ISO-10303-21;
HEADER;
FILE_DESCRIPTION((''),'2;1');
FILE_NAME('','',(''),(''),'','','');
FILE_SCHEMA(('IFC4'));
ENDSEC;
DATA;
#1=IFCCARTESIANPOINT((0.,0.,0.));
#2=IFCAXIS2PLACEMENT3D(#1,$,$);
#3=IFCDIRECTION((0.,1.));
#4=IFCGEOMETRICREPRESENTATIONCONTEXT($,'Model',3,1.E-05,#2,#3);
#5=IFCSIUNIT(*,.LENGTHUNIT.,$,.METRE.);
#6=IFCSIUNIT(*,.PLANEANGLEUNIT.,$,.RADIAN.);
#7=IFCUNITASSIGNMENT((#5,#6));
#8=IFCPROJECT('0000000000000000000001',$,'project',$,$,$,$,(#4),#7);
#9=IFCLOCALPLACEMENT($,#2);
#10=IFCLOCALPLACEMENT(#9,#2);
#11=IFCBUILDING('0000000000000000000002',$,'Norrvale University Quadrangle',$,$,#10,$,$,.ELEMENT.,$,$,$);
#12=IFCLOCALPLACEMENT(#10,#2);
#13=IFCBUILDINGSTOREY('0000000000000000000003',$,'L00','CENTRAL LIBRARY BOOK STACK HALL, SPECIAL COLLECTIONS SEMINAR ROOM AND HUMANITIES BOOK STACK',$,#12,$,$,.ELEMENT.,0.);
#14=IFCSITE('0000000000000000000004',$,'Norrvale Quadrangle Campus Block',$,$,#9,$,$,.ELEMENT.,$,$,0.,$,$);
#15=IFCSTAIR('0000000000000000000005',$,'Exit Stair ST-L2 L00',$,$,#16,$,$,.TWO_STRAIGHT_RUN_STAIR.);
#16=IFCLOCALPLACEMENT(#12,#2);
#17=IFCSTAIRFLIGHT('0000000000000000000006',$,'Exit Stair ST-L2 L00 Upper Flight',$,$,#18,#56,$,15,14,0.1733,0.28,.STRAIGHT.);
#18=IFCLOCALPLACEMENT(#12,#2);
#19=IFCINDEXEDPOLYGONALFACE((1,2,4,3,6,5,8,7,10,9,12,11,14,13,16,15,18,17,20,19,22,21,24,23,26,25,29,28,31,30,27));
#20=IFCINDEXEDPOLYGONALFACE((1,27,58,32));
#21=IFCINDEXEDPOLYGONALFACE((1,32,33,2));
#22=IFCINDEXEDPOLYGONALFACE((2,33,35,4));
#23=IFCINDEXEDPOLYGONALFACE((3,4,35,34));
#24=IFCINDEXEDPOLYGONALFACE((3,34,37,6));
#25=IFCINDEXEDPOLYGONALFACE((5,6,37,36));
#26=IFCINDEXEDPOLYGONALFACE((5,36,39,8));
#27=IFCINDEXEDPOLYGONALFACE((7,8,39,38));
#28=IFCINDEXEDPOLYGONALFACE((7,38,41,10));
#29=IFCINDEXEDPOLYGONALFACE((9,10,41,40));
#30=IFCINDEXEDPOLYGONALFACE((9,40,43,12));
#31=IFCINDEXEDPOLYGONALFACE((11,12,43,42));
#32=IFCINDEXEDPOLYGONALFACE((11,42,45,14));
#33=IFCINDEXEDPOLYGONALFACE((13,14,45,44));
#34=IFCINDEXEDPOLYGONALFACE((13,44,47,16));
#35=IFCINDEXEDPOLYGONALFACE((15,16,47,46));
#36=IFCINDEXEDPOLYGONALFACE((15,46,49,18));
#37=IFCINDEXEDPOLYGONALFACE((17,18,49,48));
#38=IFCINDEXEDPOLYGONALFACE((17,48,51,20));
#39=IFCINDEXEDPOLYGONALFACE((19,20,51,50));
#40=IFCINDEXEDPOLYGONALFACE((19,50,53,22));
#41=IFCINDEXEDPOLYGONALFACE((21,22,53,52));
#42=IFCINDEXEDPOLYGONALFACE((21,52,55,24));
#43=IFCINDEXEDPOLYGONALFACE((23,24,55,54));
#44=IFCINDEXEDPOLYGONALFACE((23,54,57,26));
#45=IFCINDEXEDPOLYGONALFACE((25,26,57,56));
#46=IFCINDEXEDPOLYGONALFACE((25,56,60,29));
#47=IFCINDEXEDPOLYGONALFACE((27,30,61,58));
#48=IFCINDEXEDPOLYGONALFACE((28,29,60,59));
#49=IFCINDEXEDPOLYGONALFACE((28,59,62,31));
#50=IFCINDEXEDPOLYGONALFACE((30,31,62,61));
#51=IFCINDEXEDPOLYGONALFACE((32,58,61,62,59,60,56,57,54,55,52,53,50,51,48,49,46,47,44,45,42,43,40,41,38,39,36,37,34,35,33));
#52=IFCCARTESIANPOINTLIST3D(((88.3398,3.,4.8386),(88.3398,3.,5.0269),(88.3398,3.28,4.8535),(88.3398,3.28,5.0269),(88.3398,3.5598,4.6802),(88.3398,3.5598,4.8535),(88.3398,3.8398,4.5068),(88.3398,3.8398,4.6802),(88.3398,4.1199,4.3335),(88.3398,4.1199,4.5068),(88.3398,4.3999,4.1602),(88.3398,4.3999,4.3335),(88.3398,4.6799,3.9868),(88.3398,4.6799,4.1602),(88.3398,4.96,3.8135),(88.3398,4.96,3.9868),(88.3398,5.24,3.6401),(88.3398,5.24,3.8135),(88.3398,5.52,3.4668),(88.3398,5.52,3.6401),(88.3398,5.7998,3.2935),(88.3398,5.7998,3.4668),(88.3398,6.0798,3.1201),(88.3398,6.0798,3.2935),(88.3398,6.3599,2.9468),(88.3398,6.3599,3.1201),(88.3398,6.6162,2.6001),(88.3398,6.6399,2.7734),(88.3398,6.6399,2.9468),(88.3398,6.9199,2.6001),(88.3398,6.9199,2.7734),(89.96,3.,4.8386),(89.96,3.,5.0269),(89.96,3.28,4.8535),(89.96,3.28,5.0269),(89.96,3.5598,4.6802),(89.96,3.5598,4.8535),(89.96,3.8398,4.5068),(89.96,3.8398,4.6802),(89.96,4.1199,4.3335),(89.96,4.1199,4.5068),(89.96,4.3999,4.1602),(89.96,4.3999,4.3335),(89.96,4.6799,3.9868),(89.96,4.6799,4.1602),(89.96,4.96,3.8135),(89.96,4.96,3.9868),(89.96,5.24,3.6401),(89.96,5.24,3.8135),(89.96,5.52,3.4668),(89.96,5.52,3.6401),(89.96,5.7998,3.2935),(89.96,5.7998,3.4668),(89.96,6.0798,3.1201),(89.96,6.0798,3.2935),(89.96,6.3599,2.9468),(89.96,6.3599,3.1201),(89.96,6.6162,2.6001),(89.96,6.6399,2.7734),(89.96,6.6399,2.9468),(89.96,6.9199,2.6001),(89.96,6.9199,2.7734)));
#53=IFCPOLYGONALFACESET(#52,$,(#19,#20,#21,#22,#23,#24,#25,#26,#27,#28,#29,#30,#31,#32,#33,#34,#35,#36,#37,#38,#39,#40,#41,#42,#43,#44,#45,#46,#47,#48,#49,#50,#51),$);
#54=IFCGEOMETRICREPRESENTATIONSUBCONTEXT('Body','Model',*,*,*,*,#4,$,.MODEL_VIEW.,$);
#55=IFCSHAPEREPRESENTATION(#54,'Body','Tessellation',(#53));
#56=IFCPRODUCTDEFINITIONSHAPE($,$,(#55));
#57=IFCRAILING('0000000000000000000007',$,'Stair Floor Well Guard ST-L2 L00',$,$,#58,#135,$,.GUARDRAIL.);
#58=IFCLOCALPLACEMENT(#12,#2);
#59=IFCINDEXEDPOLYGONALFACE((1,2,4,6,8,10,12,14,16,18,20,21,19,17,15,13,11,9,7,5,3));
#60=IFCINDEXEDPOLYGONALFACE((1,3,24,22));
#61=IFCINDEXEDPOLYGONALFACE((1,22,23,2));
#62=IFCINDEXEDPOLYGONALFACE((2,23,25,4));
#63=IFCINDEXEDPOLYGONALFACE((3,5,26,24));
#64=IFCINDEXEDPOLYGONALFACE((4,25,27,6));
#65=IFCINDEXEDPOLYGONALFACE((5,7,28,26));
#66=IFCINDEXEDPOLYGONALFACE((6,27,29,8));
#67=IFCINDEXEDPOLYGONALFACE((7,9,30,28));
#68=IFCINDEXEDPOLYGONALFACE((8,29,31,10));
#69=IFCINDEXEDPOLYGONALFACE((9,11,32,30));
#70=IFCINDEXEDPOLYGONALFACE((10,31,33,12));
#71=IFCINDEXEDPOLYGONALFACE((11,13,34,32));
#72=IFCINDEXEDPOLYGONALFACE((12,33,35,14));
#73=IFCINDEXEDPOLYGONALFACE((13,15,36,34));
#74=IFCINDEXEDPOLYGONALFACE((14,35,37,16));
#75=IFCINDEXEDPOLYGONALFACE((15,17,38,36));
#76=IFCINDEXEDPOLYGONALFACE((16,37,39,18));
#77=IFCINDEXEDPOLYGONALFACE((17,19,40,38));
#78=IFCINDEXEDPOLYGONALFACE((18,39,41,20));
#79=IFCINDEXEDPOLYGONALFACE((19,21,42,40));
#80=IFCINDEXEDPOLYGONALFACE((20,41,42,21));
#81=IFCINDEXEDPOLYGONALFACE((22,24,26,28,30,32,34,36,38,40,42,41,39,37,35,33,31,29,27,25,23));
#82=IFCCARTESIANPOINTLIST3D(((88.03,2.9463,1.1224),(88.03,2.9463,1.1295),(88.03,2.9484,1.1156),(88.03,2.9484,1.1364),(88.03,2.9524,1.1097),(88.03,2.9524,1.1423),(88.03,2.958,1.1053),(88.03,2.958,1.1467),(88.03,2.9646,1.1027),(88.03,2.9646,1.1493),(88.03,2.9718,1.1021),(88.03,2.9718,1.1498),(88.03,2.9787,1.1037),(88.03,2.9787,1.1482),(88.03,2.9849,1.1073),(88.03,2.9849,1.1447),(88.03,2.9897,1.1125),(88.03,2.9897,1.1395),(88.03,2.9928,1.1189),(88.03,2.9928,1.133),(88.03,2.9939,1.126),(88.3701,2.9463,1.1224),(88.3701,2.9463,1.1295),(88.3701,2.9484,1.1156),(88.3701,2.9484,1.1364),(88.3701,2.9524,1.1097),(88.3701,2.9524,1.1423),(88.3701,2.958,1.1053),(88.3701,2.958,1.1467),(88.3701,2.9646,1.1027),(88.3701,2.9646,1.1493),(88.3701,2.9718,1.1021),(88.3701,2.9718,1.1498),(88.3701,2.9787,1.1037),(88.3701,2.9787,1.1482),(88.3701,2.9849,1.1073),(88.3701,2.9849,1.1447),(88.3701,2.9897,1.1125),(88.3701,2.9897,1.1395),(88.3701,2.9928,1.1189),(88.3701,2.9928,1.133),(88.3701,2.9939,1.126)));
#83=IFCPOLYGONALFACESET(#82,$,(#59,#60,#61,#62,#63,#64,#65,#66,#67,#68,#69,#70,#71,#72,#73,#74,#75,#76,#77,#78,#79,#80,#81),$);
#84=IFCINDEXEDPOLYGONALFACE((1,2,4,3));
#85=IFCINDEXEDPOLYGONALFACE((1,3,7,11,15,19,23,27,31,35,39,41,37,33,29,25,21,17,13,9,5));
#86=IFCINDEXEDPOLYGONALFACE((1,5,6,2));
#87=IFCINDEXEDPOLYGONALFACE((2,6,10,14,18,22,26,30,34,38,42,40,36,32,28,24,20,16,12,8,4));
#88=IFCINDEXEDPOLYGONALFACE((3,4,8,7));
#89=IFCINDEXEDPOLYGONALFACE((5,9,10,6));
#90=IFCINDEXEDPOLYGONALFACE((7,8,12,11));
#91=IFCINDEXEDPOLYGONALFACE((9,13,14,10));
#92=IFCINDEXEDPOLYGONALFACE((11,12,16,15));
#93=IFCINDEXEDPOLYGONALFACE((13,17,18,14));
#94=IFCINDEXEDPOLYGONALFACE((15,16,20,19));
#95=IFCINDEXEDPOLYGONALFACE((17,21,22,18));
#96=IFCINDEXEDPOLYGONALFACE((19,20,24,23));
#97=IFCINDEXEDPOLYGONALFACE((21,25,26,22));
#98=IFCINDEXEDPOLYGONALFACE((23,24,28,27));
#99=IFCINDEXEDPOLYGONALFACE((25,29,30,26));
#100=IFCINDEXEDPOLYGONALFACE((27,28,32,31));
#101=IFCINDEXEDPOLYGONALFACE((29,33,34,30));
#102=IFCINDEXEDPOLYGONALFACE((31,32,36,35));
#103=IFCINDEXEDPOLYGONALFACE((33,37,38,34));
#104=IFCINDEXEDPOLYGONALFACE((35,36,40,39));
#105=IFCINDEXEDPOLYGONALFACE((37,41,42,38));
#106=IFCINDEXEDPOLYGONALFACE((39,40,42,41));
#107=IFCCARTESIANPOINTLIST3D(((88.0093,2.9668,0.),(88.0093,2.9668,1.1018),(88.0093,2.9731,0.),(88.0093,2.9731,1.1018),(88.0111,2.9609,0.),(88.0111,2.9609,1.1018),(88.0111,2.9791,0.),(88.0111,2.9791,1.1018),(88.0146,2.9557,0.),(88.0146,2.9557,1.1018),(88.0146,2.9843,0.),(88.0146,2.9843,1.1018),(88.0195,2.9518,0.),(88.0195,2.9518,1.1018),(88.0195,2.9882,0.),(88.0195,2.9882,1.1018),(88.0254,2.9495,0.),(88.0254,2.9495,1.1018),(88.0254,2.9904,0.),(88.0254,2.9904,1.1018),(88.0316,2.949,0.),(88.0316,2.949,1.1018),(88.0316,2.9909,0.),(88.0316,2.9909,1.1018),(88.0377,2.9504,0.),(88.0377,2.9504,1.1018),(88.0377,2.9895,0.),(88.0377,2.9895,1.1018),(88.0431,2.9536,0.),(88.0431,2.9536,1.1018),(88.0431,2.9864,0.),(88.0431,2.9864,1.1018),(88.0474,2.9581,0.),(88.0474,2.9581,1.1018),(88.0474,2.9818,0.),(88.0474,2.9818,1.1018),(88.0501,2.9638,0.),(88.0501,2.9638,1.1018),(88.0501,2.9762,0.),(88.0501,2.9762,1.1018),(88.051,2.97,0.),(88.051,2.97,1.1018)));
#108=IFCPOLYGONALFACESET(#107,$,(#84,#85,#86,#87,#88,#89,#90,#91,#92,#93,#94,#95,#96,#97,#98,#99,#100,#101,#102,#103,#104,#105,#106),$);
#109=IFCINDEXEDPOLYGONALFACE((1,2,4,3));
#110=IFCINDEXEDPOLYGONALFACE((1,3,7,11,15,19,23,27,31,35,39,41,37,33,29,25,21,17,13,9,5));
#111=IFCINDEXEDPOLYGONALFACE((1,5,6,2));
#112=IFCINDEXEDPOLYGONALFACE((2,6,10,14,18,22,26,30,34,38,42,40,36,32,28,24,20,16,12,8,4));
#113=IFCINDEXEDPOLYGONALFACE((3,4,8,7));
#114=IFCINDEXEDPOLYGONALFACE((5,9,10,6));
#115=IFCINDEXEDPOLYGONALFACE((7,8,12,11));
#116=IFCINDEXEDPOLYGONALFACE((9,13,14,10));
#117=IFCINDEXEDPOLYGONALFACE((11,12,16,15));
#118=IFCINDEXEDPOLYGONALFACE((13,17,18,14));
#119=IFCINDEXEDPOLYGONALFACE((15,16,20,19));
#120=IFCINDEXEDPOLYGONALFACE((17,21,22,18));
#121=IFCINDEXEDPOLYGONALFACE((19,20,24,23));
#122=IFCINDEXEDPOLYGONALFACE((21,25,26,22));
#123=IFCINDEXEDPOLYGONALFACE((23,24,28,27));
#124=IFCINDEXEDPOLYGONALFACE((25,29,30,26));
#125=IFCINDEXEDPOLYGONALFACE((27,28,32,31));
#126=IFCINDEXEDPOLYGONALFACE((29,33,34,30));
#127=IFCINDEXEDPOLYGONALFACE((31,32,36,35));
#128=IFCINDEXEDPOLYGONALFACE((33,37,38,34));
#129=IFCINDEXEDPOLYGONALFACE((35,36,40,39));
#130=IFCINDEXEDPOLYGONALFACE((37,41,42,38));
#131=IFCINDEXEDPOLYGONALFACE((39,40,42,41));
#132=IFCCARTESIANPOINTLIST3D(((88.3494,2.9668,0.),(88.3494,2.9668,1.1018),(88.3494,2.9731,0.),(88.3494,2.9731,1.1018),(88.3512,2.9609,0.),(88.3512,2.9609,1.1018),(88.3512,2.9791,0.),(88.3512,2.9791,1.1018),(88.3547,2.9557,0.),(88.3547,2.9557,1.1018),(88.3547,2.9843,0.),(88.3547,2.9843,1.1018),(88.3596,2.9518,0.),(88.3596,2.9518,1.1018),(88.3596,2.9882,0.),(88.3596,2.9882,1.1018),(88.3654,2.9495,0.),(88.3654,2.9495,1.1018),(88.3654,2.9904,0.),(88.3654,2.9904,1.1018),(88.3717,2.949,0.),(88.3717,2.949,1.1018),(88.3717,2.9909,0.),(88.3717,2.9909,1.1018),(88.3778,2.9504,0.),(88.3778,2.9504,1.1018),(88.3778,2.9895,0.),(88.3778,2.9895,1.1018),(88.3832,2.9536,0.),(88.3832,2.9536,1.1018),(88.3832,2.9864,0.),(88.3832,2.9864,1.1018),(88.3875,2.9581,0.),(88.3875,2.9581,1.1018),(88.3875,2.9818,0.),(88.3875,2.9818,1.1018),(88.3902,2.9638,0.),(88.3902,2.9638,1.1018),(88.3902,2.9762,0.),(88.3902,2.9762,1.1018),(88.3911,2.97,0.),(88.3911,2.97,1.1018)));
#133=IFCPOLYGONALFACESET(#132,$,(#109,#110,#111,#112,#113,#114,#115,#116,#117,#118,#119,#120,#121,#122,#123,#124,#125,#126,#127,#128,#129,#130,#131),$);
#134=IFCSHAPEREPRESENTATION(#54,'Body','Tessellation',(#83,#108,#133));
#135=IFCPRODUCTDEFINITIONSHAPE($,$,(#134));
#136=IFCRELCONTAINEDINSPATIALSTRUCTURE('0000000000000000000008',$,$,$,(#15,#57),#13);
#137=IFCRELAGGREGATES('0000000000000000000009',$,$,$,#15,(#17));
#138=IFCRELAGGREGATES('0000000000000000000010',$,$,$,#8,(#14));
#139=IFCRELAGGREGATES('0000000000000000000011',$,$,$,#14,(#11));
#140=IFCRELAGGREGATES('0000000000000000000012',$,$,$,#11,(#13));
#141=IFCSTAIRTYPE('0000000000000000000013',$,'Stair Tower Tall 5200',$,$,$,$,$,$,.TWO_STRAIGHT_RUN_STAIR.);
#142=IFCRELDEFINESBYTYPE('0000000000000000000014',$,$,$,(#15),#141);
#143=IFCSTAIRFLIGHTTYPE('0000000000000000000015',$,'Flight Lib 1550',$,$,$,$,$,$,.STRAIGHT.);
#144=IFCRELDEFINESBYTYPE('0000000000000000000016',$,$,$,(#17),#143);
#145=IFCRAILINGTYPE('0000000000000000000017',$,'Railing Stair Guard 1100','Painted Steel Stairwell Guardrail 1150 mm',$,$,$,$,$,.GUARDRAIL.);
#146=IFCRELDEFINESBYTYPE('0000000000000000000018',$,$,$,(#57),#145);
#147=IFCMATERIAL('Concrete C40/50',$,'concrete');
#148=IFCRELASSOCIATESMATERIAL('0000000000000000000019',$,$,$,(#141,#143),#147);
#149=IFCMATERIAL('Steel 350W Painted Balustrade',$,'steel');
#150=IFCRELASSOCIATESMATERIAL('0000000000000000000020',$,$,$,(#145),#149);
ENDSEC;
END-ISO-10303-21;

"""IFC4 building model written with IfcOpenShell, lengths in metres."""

from ifc_helpers import new_model, si_unit, direction, frame, origin, origin_2d, place, context, subcontext, project, spatial, polyline, circle, outline, extrude, material, type_object, element, aggregate, save


model = new_model("IFC4")

# Units and contexts
model_context = context("Model", 3, precision=1e-05, world=origin(), true_north=direction((0.0, 1.0)))
body_context = subcontext(model_context, "Body", "Model", "MODEL_VIEW")
ifc_project = project(units=[si_unit("LENGTHUNIT", "METRE"), si_unit("PLANEANGLEUNIT", "RADIAN")], contexts=[model_context])

# Site, building, storey
site_placement = place(None, origin())
site = spatial("IfcSite", under=ifc_project, at=site_placement, Name="Norrvale Quadrangle Campus Block", CompositionType="ELEMENT", RefElevation=0.0)
building_placement = place(site_placement, origin())
building = spatial("IfcBuilding", under=site, at=building_placement, Name="Norrvale University Quadrangle", CompositionType="ELEMENT")
storey_placement = place(building_placement, origin())
storey = spatial("IfcBuildingStorey", under=building, at=storey_placement, Name="L00", Description="CENTRAL LIBRARY BOOK STACK HALL, SPECIAL COLLECTIONS SEMINAR ROOM AND HUMANITIES BOOK STACK", CompositionType="ELEMENT", Elevation=0.0)

# Stair, stair flight
ifc_material_1 = material(Name="Concrete C40/50", Category="concrete")
stair_type = type_object("IfcStairType", Name="Stair Tower Tall 5200", PredefinedType="TWO_STRAIGHT_RUN_STAIR", material=ifc_material_1)
stair_placement = place(storey_placement, origin())
stair = element("IfcStair", 1, at=stair_placement, inside=storey, type_object=stair_type, Name="Exit Stair ST-L2 L00", PredefinedType="TWO_STRAIGHT_RUN_STAIR")
stair_flight_type = type_object("IfcStairFlightType", Name="Flight Lib 1550", PredefinedType="STRAIGHT", material=ifc_material_1)
stair_flight_1_placement = place(storey_placement, frame((89.1499, 6.9199, 2.6001), z_axis=(0.0, 0.0, 1.0), x_axis=(0.0, -1.0, 0.0)))
stair_flight_1 = element("IfcStairFlight", 2, at=stair_flight_1_placement, type_object=stair_flight_type, Name="Exit Stair ST-L2 L00 Upper Flight", NumberOfRisers=15, NumberOfTreads=14, PredefinedType="STRAIGHT", RiserHeight=0.1733, TreadLength=0.28, context=body_context, shape_type="SweptSolid", body=[
    extrude(outline(polyline([(0.0, 0.0), (0.0, 0.1733), (0.28, 0.1733), (0.28, 0.3467), (0.5601, 0.3467), (0.5601, 0.52), (0.8401, 0.52), (0.8401, 0.6934), (1.1201, 0.6934), (1.1201, 0.8667), (1.3999, 0.8667), (1.3999, 1.04), (1.6799, 1.04), (1.6799, 1.2134), (1.96, 1.2134), (1.96, 1.3867), (2.24, 1.3867), (2.24, 1.5601), (2.52, 1.5601), (2.52, 1.7334), (2.8, 1.7334), (2.8, 1.9067), (3.0801, 1.9067), (3.0801, 2.0801), (3.3601, 2.0801), (3.3601, 2.2534), (3.6399, 2.2534), (3.6399, 2.4268), (3.9199, 2.4268), (3.9199, 2.6001), (3.9199, 2.2385), (0.3037, 0.0), (0.0, 0.0)])), frame((0.0, 0.8101, 0.0), z_axis=(0.0, -1.0, 0.0), x_axis=(1.0, 0.0, 0.0)), (0.0, 0.0, 1.0), 1.6201),
])
aggregate(stair, [stair_flight_1])

# Railing
ifc_material_2 = material(Name="Steel 350W Painted Balustrade", Category="steel")
railing_type_1 = type_object("IfcRailingType", Name="Railing Stair Guard 1100", Description="Painted Steel Stairwell Guardrail 1150 mm", PredefinedType="GUARDRAIL", material=ifc_material_2)
for number, where, name in (
    (3, (88.03, 2.97, 0.0), "Stair Floor Well Guard ST-L2 L00"),
):
    element("IfcRailing", number, at=place(storey_placement, frame(where)), inside=storey, type_object=railing_type_1, Name=name, PredefinedType="GUARDRAIL", context=body_context, shape_type="SweptSolid", body=[
        extrude(circle(Radius=0.0239, at=origin_2d()), frame((0.0, 0.0, 1.126), z_axis=(1.0, 0.0, 0.0), x_axis=(0.0, 1.0, 0.0)), (0.0, 0.0, 1.0), 0.3401),
        extrude(circle(Radius=0.021, at=origin_2d()), origin(), (0.0, 0.0, 1.0), 1.1018),
        extrude(circle(Radius=0.021, at=origin_2d()), frame((0.3401, 0.0, 0.0)), (0.0, 0.0, 1.0), 1.1018),
    ])

save(model, "model.ifc")
